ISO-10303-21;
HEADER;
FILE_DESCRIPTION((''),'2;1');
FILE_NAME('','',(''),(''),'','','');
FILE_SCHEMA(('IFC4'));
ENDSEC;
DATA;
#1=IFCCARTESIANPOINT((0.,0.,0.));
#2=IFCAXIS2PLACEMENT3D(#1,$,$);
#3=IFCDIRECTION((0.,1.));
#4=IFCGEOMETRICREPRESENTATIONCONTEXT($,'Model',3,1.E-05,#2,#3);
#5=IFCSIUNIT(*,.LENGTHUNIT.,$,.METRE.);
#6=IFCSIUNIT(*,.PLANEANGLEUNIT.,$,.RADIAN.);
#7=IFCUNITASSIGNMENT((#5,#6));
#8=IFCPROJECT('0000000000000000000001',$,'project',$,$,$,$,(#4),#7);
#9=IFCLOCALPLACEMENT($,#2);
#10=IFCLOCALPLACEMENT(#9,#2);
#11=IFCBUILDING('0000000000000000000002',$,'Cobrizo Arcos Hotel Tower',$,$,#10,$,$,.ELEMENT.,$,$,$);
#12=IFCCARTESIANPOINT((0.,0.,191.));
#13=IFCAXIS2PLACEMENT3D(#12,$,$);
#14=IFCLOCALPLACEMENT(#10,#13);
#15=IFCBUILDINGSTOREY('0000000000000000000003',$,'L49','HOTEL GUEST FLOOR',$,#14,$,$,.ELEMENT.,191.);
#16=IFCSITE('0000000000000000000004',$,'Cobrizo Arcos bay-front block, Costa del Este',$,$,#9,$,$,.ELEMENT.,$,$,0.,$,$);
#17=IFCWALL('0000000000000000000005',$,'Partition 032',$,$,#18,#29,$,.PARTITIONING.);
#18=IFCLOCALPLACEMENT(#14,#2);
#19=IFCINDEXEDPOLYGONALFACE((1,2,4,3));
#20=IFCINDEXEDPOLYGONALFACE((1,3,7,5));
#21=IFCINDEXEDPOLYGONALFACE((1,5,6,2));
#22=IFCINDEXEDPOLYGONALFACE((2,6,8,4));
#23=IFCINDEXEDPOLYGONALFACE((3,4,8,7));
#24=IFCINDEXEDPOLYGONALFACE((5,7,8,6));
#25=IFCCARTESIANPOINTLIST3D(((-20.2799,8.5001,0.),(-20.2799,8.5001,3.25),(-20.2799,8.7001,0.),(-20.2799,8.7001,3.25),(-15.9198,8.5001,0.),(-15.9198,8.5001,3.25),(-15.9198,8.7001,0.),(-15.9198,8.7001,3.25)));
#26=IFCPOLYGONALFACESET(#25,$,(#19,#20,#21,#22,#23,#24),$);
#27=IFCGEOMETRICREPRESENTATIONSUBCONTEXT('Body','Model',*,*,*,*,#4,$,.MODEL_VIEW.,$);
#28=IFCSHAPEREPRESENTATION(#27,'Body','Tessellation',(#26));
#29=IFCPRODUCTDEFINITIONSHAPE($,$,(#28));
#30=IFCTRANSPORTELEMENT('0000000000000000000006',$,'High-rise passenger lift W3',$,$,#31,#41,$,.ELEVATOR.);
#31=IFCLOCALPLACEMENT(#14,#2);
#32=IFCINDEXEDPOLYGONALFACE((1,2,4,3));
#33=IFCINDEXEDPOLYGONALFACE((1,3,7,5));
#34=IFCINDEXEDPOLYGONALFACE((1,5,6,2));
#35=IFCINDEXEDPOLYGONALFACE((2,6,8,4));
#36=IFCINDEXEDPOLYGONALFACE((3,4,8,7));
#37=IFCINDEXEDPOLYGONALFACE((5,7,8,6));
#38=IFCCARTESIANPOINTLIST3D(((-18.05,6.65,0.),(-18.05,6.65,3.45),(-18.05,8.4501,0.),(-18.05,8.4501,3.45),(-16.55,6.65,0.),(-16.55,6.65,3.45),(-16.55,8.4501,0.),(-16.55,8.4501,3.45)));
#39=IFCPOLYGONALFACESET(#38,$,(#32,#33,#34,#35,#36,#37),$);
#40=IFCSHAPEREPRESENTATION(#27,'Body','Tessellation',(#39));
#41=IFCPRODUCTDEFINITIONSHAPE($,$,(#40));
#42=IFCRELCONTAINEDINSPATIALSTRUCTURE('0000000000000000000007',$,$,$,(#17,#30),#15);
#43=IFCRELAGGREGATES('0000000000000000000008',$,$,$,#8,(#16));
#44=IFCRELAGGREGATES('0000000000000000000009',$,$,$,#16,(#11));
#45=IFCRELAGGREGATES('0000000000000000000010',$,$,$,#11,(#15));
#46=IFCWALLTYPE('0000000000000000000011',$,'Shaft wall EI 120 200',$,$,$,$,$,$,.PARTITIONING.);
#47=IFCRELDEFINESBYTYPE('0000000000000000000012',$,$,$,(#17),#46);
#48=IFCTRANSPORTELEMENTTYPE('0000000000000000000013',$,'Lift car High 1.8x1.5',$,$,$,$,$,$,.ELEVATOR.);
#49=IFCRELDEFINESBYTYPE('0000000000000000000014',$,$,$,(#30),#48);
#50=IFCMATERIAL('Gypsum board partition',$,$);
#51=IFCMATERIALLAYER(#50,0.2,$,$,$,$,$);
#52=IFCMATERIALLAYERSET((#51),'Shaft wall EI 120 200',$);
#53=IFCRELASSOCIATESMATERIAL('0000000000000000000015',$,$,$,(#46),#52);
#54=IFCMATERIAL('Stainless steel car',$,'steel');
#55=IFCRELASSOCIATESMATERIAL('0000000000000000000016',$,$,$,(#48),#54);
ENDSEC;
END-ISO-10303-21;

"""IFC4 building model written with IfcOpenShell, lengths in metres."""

from ifc_helpers import new_model, si_unit, direction, frame, frame_2d, origin, origin_2d, place, context, subcontext, project, spatial, rectangle, extrude, material, layer, layer_set, type_object, element, save


model = new_model("IFC4")

# Units and contexts
model_context = context("Model", 3, precision=1e-05, world=origin(), true_north=direction((0.0, 1.0)))
body_context = subcontext(model_context, "Body", "Model", "MODEL_VIEW")
ifc_project = project(units=[si_unit("LENGTHUNIT", "METRE"), si_unit("PLANEANGLEUNIT", "RADIAN")], contexts=[model_context])

# Site, building, storey
site_placement = place(None, origin())
site = spatial("IfcSite", under=ifc_project, at=site_placement, Name="Cobrizo Arcos bay-front block, Costa del Este", CompositionType="ELEMENT", RefElevation=0.0)
building_placement = place(site_placement, origin())
building = spatial("IfcBuilding", under=site, at=building_placement, Name="Cobrizo Arcos Hotel Tower", CompositionType="ELEMENT")
storey_placement = place(building_placement, frame((0.0, 0.0, 191.0)))
storey = spatial("IfcBuildingStorey", under=building, at=storey_placement, Name="L49", Description="HOTEL GUEST FLOOR", CompositionType="ELEMENT", Elevation=191.0)

# Shared definitions
ifc_material_1 = material(Name="Gypsum board partition")

# Wall
ifc_layer_1 = layer(ifc_material_1, 0.2)
ifc_layer_set_1 = layer_set([ifc_layer_1], Name="Shaft wall EI 120 200")
wall_type_1 = type_object("IfcWallType", Name="Shaft wall EI 120 200", PredefinedType="PARTITIONING", material=ifc_layer_set_1)
wall_1_placement = place(storey_placement, frame((-20.28, 8.6001, 0.0), z_axis=(0.0, 0.0, 1.0), x_axis=(1.0, 0.0, 0.0)))
element("IfcWall", 1, at=wall_1_placement, inside=storey, type_object=wall_type_1, Name="Partition 032", PredefinedType="PARTITIONING", context=body_context, shape_type="SweptSolid", body=[
    extrude(rectangle(XDim=4.3601, YDim=0.2, at=frame_2d((2.1802, 0.0))), origin(), (0.0, 0.0, 1.0), 3.25),
])

# Transport element
ifc_material_2 = material(Name="Stainless steel car", Category="steel")
transport_element_type = type_object("IfcTransportElementType", Name="Lift car High 1.8x1.5", PredefinedType="ELEVATOR", material=ifc_material_2)
transport_element_placement = place(storey_placement, frame((-17.3, 7.55, 0.0), z_axis=(0.0, 0.0, 1.0), x_axis=(1.0, 0.0, 0.0)))
element("IfcTransportElement", 2, at=transport_element_placement, inside=storey, type_object=transport_element_type, Name="High-rise passenger lift W3", PredefinedType="ELEVATOR", context=body_context, shape_type="SweptSolid", body=[
    extrude(rectangle(XDim=1.5, YDim=1.8, at=origin_2d()), origin(), (0.0, 0.0, 1.0), 3.45),
])

save(model, "model.ifc")
